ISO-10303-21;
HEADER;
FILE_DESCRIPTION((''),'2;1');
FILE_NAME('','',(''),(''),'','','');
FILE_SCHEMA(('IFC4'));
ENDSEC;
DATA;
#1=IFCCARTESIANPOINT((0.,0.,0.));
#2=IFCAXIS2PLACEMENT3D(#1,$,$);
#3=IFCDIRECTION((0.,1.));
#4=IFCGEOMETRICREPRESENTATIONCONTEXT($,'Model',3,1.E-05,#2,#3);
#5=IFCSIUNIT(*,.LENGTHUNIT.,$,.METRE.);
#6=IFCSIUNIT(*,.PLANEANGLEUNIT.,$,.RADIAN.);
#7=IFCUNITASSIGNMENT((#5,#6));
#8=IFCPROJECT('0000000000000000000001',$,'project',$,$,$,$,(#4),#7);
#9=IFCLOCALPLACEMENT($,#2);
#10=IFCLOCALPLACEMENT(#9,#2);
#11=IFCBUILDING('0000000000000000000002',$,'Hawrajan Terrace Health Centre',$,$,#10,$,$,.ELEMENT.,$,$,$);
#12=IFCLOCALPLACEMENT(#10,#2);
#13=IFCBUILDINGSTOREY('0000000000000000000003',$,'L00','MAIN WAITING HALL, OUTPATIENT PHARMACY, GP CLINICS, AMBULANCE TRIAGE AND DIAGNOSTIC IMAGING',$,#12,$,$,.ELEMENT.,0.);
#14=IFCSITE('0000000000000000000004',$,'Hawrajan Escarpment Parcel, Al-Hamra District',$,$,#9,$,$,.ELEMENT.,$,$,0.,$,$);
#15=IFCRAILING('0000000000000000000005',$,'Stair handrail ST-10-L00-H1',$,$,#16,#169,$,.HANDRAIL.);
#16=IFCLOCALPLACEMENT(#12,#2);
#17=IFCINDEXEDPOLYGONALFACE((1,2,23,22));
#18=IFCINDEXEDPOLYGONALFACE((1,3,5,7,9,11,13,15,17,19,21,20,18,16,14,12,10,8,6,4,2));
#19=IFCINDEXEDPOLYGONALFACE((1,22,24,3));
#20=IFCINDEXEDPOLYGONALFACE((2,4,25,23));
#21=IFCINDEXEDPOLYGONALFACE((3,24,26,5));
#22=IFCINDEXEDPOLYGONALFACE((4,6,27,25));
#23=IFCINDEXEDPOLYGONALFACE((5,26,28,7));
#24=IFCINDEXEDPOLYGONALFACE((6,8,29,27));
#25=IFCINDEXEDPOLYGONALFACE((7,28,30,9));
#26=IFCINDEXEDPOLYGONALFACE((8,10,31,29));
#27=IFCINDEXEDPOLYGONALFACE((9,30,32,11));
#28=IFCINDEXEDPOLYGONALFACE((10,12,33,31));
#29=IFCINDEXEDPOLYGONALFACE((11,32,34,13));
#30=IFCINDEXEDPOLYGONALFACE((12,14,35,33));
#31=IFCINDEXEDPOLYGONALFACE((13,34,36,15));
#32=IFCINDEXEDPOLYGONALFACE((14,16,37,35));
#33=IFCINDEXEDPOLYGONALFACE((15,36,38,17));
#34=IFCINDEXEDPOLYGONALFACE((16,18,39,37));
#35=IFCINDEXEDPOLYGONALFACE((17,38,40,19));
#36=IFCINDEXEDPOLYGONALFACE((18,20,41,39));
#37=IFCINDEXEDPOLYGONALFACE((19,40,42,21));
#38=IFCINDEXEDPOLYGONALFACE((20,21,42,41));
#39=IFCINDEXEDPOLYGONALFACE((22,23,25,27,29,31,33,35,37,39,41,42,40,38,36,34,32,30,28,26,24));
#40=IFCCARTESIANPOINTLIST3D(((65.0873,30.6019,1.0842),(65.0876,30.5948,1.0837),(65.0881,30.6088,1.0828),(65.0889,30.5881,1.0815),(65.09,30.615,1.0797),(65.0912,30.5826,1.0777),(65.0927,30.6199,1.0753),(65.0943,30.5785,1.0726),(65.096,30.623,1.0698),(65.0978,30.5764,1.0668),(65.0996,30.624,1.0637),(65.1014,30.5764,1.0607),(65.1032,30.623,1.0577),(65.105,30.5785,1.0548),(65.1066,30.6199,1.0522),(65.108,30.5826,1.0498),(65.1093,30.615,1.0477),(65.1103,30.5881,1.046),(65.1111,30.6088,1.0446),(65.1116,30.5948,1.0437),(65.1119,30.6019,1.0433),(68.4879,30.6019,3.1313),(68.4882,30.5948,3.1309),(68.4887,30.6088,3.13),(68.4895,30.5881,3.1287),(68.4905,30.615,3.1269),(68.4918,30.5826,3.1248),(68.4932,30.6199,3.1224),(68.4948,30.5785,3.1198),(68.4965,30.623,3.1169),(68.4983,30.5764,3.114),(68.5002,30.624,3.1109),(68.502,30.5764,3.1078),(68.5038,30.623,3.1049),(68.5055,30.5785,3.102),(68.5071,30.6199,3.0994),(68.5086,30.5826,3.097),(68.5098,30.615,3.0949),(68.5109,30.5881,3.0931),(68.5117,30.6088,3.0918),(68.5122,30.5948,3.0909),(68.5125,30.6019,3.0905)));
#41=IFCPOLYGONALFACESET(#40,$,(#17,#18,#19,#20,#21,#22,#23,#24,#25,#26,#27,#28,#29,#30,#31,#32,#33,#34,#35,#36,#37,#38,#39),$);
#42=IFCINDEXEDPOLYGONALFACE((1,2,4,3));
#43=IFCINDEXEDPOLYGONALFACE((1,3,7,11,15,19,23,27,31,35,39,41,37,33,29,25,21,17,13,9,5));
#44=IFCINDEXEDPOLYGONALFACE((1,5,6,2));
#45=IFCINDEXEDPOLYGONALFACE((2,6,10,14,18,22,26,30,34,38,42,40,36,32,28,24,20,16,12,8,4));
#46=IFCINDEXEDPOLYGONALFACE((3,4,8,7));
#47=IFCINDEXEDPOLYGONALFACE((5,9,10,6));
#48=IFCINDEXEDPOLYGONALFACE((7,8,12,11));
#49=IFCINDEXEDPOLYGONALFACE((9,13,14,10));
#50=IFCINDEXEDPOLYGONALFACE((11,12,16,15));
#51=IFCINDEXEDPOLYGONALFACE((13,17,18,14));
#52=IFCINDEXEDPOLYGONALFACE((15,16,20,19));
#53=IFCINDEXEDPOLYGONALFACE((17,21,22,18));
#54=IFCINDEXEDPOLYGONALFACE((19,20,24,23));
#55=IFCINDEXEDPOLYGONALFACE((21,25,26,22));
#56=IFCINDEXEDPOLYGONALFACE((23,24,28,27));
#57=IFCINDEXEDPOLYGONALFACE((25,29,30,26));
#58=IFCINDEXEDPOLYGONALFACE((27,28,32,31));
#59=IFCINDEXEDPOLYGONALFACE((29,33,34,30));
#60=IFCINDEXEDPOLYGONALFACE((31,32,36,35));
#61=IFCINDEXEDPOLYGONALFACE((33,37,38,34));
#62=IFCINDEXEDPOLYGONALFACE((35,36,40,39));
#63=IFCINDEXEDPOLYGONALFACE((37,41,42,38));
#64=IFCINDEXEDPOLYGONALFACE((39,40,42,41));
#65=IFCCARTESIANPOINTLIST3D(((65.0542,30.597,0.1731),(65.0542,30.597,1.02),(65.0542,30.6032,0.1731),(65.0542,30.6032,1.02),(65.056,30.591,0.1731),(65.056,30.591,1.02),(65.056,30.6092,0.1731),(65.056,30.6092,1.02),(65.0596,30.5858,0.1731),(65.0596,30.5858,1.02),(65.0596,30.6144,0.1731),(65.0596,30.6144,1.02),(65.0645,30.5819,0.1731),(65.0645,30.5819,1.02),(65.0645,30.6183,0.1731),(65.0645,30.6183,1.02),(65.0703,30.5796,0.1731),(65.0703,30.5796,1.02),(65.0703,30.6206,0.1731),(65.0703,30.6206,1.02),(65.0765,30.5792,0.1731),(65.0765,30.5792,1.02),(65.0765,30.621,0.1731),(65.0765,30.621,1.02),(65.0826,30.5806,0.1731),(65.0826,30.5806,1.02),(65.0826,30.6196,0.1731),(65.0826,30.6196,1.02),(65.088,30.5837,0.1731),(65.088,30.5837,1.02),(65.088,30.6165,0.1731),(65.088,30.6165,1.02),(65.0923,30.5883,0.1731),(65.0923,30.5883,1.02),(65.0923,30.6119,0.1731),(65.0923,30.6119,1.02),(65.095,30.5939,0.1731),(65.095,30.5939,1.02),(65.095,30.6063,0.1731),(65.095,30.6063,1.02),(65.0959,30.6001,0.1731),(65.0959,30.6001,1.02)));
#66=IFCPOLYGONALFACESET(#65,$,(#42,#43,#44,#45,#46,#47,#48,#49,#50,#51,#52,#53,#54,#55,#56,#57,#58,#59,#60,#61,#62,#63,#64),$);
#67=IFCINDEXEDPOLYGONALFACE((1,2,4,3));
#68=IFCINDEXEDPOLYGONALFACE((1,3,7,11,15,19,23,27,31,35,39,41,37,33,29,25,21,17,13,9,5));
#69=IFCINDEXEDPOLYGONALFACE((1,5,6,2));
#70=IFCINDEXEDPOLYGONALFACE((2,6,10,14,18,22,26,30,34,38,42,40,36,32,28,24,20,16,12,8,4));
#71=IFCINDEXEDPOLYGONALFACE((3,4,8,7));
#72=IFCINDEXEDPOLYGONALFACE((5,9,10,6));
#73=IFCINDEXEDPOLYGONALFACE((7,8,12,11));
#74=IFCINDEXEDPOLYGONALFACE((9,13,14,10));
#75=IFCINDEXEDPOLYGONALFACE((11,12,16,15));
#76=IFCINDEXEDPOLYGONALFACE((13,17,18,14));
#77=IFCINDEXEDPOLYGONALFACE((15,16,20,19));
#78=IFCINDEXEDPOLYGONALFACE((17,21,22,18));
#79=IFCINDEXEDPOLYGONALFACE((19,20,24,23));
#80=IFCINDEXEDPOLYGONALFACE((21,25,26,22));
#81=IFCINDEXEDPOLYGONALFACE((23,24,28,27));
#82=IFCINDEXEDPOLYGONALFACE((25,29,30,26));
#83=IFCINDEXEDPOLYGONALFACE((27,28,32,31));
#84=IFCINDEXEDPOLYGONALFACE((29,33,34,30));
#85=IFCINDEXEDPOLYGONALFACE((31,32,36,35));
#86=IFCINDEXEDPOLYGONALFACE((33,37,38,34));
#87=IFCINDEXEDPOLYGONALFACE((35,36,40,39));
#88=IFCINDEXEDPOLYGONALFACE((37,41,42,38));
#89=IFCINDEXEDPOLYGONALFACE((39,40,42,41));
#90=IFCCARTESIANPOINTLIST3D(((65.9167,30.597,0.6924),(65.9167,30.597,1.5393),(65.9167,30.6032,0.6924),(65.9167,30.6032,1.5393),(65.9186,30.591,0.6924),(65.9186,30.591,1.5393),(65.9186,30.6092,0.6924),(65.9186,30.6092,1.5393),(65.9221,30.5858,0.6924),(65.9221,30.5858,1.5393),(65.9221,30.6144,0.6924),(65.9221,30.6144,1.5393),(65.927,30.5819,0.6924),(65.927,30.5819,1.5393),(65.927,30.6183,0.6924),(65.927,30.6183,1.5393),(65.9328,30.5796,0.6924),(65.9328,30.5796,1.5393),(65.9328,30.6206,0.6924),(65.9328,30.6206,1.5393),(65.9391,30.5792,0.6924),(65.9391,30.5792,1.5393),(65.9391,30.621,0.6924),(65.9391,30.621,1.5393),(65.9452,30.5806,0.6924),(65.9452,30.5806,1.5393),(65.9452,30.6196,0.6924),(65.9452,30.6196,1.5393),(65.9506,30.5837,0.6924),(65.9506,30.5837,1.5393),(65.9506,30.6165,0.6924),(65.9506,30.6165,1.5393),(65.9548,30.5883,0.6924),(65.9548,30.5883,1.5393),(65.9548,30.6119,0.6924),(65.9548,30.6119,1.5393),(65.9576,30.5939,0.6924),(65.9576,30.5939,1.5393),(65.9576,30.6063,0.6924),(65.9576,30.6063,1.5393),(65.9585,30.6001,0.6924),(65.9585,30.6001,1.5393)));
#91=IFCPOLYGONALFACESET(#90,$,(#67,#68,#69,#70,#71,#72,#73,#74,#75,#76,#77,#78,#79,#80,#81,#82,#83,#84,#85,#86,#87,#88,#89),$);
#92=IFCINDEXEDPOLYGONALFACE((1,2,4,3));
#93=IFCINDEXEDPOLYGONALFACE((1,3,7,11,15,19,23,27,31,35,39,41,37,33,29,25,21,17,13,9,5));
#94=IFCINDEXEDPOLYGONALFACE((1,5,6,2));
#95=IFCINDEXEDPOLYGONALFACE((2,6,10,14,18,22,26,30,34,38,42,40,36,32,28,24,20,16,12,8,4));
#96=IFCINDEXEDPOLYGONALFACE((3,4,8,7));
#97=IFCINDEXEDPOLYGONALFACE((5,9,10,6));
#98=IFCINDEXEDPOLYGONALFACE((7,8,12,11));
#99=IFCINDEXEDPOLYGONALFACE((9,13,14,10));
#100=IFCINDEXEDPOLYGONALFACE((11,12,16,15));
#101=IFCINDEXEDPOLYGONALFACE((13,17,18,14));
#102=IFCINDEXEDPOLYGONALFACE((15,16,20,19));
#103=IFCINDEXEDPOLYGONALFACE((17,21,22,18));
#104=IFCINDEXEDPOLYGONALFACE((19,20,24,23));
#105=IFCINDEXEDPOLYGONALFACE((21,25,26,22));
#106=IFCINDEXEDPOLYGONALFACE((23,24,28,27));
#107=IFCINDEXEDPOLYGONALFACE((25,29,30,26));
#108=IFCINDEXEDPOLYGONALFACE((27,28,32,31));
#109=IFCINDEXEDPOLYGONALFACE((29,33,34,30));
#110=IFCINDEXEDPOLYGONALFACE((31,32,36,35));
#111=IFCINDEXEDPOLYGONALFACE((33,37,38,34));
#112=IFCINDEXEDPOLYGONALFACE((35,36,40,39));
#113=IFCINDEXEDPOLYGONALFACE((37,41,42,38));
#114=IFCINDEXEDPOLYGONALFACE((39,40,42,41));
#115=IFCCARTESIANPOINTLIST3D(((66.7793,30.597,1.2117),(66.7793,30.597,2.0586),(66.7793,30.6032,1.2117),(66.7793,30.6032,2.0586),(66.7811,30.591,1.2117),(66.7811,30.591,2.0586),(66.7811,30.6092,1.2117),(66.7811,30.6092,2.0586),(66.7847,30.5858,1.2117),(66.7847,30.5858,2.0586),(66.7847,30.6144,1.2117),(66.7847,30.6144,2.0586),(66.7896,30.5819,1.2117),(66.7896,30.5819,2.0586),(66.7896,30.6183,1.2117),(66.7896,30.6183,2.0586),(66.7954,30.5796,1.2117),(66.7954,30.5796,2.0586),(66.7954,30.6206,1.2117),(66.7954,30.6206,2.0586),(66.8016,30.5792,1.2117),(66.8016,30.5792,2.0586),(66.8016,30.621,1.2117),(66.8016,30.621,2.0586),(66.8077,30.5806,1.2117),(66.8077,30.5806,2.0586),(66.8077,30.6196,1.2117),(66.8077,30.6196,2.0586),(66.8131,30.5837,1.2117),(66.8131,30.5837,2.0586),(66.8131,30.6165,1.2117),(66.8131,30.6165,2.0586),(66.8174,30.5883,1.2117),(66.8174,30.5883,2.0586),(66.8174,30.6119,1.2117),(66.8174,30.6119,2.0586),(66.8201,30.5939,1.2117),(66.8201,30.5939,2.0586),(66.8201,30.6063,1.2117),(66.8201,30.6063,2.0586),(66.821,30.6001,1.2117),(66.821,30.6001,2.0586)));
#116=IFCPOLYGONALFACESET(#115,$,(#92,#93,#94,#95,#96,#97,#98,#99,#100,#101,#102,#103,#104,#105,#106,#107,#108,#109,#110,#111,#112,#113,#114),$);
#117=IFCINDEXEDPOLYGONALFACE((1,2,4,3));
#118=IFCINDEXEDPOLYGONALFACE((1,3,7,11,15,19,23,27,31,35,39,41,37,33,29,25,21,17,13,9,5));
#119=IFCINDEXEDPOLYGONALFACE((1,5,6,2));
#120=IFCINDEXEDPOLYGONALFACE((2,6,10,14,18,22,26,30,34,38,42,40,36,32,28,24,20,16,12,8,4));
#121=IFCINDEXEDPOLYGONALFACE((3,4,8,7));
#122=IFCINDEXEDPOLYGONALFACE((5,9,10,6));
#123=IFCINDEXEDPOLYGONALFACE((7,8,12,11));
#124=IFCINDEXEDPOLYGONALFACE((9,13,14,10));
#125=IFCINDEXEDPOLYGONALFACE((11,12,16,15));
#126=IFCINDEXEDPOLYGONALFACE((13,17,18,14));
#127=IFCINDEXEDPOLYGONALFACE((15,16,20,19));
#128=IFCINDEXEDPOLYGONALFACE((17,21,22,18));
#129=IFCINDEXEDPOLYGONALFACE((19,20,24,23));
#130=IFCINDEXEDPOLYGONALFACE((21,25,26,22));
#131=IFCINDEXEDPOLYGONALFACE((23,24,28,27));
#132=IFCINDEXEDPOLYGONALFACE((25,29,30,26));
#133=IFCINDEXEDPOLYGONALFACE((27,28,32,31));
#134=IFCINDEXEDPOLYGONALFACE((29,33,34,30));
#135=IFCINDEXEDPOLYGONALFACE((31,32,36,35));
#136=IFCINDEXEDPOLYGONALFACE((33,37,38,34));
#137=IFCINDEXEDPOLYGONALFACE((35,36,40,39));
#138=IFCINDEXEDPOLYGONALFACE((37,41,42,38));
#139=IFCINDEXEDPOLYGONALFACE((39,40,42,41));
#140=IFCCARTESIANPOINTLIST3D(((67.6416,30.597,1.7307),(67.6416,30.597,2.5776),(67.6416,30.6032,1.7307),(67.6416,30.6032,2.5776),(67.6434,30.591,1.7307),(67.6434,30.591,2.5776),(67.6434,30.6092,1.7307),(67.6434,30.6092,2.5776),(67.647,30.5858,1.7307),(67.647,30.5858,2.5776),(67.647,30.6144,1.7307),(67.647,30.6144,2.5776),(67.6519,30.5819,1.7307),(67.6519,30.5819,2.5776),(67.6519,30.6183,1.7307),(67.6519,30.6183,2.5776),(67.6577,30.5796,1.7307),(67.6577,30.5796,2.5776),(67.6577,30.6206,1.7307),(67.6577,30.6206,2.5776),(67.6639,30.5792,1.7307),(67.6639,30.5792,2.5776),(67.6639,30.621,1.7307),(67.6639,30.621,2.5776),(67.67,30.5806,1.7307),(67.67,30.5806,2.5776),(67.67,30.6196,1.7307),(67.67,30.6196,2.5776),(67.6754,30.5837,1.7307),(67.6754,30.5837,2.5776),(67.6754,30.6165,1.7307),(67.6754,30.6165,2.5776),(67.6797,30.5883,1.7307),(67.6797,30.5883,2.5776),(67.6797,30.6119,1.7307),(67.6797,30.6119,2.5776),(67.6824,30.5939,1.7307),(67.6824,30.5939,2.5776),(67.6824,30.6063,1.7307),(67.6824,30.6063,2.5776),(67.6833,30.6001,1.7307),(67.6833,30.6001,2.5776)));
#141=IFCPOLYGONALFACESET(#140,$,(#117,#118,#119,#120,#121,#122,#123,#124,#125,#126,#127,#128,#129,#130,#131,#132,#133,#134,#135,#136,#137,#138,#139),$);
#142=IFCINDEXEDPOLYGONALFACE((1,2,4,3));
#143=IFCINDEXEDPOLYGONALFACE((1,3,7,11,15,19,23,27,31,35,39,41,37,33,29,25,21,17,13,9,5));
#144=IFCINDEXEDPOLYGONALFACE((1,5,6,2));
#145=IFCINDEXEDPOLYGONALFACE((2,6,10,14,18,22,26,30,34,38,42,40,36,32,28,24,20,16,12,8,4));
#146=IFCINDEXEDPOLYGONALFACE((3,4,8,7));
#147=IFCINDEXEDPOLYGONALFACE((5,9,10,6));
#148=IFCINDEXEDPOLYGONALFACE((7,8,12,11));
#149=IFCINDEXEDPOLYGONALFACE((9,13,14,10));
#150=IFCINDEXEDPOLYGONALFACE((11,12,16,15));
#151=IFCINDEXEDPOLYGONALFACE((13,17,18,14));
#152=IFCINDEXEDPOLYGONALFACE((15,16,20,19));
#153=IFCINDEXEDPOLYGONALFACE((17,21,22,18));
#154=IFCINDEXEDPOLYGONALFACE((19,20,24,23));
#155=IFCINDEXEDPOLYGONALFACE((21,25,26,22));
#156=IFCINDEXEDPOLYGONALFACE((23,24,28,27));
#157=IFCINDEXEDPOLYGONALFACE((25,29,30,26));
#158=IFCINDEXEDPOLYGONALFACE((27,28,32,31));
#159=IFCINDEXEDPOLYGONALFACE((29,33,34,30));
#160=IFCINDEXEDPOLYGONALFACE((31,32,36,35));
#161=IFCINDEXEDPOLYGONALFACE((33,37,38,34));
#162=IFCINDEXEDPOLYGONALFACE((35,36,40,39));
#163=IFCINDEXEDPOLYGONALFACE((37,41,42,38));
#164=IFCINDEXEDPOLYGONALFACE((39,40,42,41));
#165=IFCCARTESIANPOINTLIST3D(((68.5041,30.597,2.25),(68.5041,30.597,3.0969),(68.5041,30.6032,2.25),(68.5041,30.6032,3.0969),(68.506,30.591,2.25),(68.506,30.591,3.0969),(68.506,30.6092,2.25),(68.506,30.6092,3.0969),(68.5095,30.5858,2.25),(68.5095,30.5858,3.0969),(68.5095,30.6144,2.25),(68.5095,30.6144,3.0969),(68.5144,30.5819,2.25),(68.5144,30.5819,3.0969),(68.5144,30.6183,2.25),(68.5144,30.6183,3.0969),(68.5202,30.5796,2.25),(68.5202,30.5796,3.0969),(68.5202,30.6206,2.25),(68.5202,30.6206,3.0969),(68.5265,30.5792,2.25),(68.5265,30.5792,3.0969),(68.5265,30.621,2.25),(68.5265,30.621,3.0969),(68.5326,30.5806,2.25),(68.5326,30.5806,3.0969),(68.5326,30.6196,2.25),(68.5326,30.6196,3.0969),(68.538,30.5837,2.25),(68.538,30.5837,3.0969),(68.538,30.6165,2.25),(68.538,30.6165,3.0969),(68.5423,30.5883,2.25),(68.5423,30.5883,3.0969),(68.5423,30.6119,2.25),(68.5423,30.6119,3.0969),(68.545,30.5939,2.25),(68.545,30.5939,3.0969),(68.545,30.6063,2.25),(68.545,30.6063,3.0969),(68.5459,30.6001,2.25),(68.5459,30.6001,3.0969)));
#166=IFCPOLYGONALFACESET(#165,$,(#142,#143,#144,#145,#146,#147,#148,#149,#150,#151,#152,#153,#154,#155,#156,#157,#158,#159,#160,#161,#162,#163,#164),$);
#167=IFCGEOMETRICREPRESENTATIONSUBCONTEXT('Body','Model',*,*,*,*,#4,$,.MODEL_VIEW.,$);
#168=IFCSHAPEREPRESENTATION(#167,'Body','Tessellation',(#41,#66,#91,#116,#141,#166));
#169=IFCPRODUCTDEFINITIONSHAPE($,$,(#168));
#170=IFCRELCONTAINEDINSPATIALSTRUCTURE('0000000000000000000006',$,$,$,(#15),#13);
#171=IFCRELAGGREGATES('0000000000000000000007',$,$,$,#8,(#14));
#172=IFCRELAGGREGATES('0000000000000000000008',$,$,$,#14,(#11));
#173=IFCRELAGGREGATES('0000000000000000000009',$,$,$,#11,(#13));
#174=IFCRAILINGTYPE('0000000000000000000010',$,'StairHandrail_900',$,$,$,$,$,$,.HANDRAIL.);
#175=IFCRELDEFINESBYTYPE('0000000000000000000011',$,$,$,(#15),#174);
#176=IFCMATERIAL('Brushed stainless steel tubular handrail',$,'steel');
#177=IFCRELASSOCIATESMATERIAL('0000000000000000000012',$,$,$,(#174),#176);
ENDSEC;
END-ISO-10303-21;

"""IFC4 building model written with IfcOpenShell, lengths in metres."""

from ifc_helpers import new_model, si_unit, direction, frame, origin, origin_2d, place, context, subcontext, project, spatial, circle, extrude, material, type_object, element, save


model = new_model("IFC4")

# Units and contexts
model_context = context("Model", 3, precision=1e-05, world=origin(), true_north=direction((0.0, 1.0)))
body_context = subcontext(model_context, "Body", "Model", "MODEL_VIEW")
ifc_project = project(units=[si_unit("LENGTHUNIT", "METRE"), si_unit("PLANEANGLEUNIT", "RADIAN")], contexts=[model_context])

# Site, building, storey
site_placement = place(None, origin())
site = spatial("IfcSite", under=ifc_project, at=site_placement, Name="Hawrajan Escarpment Parcel, Al-Hamra District", CompositionType="ELEMENT", RefElevation=0.0)
building_placement = place(site_placement, origin())
building = spatial("IfcBuilding", under=site, at=building_placement, Name="Hawrajan Terrace Health Centre", CompositionType="ELEMENT")
storey_placement = place(building_placement, origin())
storey = spatial("IfcBuildingStorey", under=building, at=storey_placement, Name="L00", Description="MAIN WAITING HALL, OUTPATIENT PHARMACY, GP CLINICS, AMBULANCE TRIAGE AND DIAGNOSTIC IMAGING", CompositionType="ELEMENT", Elevation=0.0)

# Railing
ifc_material_1 = material(Name="Brushed stainless steel tubular handrail", Category="steel")
railing_type_1 = type_object("IfcRailingType", Name="StairHandrail_900", PredefinedType="HANDRAIL", material=ifc_material_1)
railing_1_placement = place(storey_placement, frame((65.075, 30.6001, 0.1731)))
element("IfcRailing", 1, at=railing_1_placement, inside=storey, type_object=railing_type_1, Name="Stair handrail ST-10-L00-H1", PredefinedType="HANDRAIL", context=body_context, shape_type="SweptSolid", body=[
    extrude(circle(Radius=0.0239, at=origin_2d()), frame((0.0247, 0.0, 0.8906), z_axis=(0.856732, 0.0, 0.515761), x_axis=(0.0, 1.0, 0.0)), (0.0, 0.0, 1.0), 3.9692),
    extrude(circle(Radius=0.021, at=origin_2d()), origin(), (0.0, 0.0, 1.0), 0.8469),
    extrude(circle(Radius=0.021, at=origin_2d()), frame((0.8625, 0.0, 0.5193)), (0.0, 0.0, 1.0), 0.8469),
    extrude(circle(Radius=0.021, at=origin_2d()), frame((1.7251, 0.0, 1.0386)), (0.0, 0.0, 1.0), 0.8469),
    extrude(circle(Radius=0.021, at=origin_2d()), frame((2.5874, 0.0, 1.5576)), (0.0, 0.0, 1.0), 0.8469),
    extrude(circle(Radius=0.021, at=origin_2d()), frame((3.45, 0.0, 2.0769)), (0.0, 0.0, 1.0), 0.8469),
])

save(model, "model.ifc")
